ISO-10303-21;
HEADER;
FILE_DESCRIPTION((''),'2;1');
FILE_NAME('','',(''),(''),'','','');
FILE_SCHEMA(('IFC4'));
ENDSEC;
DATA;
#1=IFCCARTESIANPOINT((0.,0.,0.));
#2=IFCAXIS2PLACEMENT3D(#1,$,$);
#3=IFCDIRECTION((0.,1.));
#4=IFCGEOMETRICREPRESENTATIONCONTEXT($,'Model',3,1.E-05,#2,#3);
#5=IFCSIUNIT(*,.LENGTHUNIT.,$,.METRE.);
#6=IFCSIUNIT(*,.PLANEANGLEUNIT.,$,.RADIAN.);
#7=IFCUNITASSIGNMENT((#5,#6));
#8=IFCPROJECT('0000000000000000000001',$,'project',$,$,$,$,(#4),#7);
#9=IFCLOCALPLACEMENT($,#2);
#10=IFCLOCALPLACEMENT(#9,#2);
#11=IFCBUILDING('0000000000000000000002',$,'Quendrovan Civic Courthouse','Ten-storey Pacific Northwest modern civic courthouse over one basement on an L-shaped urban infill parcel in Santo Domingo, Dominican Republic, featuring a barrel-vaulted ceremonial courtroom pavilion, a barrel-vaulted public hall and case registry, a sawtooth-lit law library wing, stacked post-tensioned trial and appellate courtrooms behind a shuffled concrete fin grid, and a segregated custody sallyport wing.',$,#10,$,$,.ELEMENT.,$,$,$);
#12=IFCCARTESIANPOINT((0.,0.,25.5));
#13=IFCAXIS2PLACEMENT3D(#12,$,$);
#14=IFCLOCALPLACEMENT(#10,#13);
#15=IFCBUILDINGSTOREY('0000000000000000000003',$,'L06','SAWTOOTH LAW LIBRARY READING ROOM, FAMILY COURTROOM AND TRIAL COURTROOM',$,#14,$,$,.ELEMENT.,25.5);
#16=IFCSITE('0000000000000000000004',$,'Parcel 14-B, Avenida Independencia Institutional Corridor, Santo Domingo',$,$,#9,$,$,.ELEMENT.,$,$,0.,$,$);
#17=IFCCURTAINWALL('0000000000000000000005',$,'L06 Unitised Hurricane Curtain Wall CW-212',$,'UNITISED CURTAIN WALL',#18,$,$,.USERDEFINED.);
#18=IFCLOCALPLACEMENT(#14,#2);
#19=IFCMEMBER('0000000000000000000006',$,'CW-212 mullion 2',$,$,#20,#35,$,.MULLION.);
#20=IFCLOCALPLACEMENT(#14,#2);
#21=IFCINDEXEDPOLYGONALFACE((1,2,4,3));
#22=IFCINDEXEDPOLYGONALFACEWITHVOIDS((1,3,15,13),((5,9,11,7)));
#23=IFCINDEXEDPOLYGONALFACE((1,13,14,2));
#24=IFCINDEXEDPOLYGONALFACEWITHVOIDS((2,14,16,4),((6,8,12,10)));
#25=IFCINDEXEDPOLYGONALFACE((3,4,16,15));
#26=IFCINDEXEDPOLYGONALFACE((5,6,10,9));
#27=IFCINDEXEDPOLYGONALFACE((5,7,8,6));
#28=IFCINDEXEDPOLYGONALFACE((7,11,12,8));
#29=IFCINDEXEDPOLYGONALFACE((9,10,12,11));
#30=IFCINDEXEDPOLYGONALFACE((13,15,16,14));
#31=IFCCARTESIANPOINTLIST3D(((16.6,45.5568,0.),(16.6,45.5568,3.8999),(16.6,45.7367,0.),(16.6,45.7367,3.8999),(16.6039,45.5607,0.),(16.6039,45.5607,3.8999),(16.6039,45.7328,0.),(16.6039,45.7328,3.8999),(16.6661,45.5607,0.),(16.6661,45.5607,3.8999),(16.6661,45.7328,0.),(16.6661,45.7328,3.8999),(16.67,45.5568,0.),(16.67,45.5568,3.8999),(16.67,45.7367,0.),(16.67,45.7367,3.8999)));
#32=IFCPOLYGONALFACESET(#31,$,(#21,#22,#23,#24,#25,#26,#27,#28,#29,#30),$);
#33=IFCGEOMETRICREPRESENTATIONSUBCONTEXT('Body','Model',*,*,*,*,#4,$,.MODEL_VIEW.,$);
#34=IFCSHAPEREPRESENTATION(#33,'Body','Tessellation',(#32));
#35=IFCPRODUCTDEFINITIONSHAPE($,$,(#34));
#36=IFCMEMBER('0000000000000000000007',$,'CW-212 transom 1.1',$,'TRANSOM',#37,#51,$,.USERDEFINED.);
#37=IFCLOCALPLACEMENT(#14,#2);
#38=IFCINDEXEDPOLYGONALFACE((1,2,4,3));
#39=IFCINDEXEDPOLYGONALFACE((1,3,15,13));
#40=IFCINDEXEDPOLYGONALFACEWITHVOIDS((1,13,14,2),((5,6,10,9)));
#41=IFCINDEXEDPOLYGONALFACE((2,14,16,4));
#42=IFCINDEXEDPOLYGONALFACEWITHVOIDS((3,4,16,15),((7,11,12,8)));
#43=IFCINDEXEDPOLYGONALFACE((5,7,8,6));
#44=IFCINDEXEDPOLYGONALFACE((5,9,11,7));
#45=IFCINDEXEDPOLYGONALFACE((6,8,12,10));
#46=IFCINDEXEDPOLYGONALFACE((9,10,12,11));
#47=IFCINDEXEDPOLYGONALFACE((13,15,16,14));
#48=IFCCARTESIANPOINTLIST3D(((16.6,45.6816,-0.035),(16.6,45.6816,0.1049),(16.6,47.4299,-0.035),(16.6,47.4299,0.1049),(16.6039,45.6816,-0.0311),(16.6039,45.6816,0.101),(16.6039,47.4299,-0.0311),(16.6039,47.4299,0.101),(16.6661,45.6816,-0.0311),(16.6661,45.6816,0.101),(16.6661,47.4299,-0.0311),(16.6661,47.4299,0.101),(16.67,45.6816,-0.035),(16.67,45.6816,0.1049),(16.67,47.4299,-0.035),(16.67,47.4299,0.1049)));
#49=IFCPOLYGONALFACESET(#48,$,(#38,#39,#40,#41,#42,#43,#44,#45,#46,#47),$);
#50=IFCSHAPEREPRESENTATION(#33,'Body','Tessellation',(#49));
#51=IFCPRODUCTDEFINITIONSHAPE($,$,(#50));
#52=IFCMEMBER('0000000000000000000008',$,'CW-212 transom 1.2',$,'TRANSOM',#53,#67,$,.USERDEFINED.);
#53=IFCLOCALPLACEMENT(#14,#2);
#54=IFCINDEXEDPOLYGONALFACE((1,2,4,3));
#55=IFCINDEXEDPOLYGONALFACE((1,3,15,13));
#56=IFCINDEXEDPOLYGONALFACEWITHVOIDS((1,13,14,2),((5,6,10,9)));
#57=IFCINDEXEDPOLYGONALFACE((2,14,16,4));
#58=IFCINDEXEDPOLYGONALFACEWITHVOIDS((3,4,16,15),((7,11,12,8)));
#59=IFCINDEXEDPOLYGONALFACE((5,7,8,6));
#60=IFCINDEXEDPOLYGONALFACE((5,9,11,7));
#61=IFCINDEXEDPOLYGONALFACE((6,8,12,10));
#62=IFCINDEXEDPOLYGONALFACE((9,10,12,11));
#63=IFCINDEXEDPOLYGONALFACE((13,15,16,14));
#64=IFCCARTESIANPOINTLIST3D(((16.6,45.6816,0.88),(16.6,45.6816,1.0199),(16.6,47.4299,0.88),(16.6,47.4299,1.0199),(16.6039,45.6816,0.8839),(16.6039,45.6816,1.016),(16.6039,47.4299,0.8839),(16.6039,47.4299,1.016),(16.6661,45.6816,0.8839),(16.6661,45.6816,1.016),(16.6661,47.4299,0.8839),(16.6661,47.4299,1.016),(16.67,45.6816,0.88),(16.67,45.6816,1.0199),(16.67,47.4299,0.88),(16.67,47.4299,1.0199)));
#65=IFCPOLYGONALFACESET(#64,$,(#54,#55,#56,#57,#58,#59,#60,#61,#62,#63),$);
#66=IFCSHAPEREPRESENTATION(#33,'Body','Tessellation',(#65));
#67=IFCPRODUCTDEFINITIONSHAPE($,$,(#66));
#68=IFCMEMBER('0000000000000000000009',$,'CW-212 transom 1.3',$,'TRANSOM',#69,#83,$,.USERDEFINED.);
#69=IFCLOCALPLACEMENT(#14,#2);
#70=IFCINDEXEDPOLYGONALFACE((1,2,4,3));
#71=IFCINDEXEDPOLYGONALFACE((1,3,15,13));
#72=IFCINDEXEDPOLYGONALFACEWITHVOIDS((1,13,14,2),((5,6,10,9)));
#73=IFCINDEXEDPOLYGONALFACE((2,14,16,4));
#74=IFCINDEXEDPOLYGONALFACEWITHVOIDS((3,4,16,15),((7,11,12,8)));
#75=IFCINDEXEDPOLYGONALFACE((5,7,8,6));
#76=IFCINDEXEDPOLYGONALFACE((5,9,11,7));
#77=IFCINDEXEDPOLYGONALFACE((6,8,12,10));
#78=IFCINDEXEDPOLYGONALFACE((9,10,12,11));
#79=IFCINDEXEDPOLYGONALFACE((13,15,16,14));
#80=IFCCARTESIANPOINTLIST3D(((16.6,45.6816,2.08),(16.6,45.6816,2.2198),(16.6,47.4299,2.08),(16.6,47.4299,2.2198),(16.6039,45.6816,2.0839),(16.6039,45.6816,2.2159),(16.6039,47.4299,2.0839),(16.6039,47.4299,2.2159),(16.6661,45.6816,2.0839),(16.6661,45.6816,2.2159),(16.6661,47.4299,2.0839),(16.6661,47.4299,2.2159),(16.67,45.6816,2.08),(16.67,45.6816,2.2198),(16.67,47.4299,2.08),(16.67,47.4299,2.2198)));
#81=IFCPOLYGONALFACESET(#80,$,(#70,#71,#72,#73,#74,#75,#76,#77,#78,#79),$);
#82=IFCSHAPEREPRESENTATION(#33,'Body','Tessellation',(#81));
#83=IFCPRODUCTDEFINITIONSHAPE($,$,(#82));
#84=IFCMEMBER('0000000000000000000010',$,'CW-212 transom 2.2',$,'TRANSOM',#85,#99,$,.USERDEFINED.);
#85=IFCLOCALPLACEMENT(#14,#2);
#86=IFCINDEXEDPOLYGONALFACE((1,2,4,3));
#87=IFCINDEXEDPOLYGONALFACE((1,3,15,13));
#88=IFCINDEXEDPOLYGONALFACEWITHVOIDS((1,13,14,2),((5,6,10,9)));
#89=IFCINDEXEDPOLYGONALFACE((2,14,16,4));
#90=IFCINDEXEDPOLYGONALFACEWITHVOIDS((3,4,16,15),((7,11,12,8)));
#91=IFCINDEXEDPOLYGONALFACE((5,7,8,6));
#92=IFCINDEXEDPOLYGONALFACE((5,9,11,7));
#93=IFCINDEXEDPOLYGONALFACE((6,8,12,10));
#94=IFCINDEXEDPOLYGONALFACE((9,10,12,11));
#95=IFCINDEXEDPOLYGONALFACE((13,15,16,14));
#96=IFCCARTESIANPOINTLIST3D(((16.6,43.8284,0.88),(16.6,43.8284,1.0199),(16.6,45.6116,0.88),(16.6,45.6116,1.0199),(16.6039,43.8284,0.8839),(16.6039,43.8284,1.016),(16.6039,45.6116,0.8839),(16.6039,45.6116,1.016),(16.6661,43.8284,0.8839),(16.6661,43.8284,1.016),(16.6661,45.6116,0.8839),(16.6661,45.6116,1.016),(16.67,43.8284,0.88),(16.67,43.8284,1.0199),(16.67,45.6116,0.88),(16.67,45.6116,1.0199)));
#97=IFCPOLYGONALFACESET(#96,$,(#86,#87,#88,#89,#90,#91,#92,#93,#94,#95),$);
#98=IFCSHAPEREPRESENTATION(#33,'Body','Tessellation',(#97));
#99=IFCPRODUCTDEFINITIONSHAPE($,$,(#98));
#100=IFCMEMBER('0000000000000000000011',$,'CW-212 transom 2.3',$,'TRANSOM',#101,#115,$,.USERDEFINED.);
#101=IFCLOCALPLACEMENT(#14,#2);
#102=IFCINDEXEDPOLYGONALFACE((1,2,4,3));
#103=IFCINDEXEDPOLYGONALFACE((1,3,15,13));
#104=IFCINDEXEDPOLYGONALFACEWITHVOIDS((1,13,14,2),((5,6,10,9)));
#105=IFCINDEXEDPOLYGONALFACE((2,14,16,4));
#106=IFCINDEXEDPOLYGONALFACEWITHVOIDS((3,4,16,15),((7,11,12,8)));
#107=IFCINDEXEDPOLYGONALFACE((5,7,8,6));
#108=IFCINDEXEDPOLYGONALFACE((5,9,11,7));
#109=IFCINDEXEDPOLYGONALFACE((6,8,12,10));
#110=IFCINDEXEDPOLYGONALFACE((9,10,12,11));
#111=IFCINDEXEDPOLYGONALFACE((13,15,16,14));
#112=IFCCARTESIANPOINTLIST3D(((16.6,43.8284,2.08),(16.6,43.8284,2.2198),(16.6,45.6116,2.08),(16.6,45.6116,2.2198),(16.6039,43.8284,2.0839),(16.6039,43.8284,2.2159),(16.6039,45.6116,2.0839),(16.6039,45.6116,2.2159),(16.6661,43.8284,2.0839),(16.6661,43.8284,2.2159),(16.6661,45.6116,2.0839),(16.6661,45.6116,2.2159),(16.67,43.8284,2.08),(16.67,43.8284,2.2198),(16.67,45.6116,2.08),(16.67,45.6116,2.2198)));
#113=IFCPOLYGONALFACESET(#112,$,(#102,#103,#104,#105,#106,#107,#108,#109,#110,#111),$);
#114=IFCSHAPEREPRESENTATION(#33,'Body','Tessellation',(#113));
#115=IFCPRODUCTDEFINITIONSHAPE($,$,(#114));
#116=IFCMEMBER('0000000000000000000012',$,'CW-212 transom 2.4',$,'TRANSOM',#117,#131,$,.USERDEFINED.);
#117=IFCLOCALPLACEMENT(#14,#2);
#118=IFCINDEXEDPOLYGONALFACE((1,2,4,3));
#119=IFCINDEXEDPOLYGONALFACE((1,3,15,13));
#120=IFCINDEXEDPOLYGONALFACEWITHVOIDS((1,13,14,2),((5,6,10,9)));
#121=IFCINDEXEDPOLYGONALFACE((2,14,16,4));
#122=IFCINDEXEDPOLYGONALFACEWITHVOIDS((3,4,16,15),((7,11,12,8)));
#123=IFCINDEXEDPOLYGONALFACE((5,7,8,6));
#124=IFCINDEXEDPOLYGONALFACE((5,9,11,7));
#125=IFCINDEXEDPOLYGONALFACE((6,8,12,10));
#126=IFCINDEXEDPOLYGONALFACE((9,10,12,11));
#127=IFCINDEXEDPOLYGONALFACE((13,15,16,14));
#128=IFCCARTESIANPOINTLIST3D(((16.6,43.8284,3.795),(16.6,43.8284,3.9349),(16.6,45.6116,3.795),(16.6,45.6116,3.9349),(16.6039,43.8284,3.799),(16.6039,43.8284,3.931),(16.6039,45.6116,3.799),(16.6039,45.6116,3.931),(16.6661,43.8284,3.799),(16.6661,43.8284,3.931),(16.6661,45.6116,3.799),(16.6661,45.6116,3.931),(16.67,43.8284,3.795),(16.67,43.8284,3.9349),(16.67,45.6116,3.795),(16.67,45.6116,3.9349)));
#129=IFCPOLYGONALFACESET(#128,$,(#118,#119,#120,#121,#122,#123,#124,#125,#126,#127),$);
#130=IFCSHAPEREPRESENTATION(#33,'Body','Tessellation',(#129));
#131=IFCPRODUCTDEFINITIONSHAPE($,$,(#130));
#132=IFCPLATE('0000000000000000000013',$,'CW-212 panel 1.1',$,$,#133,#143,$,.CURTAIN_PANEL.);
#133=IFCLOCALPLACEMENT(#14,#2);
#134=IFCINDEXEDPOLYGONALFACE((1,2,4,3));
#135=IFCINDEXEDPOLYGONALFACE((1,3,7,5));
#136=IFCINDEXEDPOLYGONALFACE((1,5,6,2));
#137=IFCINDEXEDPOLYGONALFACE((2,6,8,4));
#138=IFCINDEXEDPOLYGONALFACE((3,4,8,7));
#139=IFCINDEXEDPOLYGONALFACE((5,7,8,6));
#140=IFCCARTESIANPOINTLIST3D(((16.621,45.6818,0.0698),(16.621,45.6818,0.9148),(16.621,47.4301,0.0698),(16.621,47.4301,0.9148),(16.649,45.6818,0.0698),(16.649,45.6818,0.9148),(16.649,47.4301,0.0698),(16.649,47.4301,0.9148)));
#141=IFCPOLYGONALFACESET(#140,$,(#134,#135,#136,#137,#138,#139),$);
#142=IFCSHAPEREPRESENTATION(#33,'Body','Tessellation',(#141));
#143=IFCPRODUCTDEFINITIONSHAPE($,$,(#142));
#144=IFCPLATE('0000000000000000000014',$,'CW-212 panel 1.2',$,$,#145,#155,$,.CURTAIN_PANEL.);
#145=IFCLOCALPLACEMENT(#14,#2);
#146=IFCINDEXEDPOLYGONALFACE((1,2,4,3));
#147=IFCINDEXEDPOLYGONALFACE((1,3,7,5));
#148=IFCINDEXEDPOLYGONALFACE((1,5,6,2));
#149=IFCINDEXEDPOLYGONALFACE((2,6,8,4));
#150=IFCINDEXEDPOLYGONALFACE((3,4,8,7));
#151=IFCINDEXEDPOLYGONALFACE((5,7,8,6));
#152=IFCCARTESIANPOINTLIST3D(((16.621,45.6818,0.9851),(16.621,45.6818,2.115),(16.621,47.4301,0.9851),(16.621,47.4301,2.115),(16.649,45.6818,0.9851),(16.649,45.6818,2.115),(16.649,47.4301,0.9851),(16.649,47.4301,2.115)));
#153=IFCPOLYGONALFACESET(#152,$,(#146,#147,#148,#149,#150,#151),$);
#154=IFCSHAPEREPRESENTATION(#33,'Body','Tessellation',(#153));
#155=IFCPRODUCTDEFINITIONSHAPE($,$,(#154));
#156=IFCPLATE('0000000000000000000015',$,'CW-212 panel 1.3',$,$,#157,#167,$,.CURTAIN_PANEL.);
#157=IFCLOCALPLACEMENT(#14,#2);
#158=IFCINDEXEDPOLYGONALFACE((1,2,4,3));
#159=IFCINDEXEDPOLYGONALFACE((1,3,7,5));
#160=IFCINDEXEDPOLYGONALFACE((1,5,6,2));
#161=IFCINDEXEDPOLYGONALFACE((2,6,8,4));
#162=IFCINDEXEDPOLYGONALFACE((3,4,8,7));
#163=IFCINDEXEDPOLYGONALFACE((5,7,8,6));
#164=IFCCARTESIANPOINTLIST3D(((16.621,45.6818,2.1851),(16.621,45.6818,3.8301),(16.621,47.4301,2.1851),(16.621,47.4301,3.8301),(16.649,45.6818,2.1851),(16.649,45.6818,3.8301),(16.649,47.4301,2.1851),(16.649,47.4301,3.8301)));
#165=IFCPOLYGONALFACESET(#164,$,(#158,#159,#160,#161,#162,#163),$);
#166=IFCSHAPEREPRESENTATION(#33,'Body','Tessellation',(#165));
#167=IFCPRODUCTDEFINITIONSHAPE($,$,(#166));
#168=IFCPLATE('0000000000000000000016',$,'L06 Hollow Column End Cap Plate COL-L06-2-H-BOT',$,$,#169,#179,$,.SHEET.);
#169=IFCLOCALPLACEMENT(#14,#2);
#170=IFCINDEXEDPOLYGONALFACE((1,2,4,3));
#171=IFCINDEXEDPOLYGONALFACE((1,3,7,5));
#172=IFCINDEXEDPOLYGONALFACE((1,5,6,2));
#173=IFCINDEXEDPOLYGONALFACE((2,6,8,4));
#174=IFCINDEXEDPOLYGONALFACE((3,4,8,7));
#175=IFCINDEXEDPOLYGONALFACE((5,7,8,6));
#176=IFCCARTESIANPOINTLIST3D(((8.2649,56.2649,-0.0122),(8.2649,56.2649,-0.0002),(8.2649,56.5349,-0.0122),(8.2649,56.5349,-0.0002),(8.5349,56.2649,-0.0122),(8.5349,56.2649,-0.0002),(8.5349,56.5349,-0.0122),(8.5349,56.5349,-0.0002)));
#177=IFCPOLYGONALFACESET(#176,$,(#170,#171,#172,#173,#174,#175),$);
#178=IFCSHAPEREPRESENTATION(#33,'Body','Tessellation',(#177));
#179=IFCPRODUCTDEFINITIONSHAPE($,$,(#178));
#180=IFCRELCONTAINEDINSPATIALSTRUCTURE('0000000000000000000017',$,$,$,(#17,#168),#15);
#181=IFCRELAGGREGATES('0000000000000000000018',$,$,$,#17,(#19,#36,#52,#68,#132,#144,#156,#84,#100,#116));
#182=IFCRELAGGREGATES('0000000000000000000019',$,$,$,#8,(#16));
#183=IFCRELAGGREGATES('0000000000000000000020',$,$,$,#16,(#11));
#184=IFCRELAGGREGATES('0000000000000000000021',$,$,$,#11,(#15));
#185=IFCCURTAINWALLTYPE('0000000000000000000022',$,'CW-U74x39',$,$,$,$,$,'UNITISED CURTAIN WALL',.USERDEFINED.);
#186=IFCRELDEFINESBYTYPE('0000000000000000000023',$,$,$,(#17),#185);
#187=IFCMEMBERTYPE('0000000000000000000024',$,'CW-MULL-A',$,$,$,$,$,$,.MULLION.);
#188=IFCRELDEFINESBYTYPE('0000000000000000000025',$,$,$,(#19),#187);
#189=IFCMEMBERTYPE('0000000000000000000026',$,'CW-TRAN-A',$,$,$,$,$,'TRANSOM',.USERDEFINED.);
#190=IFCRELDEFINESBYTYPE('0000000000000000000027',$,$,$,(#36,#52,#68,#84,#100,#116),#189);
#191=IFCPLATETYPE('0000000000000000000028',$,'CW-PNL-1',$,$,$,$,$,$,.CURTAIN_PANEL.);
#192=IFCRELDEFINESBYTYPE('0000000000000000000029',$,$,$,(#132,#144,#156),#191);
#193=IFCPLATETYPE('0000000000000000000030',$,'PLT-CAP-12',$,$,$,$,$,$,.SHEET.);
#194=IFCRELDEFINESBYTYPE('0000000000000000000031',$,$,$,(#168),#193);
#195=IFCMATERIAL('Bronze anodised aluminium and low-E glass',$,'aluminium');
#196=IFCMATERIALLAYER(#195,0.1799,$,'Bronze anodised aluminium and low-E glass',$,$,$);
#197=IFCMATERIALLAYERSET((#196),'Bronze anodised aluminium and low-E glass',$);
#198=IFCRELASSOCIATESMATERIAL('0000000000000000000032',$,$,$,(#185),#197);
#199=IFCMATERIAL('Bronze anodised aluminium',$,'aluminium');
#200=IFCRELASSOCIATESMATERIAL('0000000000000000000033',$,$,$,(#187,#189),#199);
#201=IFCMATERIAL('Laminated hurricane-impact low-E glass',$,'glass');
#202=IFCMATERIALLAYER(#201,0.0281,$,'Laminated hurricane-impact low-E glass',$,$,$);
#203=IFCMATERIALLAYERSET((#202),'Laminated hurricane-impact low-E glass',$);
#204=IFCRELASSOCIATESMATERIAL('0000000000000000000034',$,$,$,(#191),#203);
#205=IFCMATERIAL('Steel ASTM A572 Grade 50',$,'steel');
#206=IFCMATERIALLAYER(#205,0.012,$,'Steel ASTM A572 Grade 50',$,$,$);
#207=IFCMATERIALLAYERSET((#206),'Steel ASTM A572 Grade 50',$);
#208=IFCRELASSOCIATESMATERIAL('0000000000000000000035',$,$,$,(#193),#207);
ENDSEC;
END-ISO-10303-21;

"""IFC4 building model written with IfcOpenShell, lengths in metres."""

from ifc_helpers import new_model, si_unit, direction, frame, origin, origin_2d, place, context, subcontext, project, spatial, rectangle, hollow_rectangle, extrude, material, layer, layer_set, material_profile, profile_set, type_object, element, aggregate, save


model = new_model("IFC4")

# Units and contexts
model_context = context("Model", 3, precision=1e-05, world=origin(), true_north=direction((0.0, 1.0)))
body_context = subcontext(model_context, "Body", "Model", "MODEL_VIEW")
ifc_project = project(units=[si_unit("LENGTHUNIT", "METRE"), si_unit("PLANEANGLEUNIT", "RADIAN")], contexts=[model_context])

# Site, building, storey
site_placement = place(None, origin())
site = spatial("IfcSite", under=ifc_project, at=site_placement, Name="Parcel 14-B, Avenida Independencia Institutional Corridor, Santo Domingo", CompositionType="ELEMENT", RefElevation=0.0)
building_placement = place(site_placement, origin())
building = spatial("IfcBuilding", under=site, at=building_placement, Name="Quendrovan Civic Courthouse", Description="Ten-storey Pacific Northwest modern civic courthouse over one basement on an L-shaped urban infill parcel in Santo Domingo, Dominican Republic, featuring a barrel-vaulted ceremonial courtroom pavilion, a barrel-vaulted public hall and case registry, a sawtooth-lit law library wing, stacked post-tensioned trial and appellate courtrooms behind a shuffled concrete fin grid, and a segregated custody sallyport wing.", CompositionType="ELEMENT")
storey_placement = place(building_placement, frame((0.0, 0.0, 25.5)))
storey = spatial("IfcBuildingStorey", under=building, at=storey_placement, Name="L06", Description="SAWTOOTH LAW LIBRARY READING ROOM, FAMILY COURTROOM AND TRIAL COURTROOM", CompositionType="ELEMENT", Elevation=25.5)

# Curtain wall, members, plates
ifc_material_1 = material(Name="Bronze anodised aluminium and low-E glass", Category="aluminium")
ifc_layer_1 = layer(ifc_material_1, 0.1799, Name="Bronze anodised aluminium and low-E glass")
ifc_layer_set_1 = layer_set([ifc_layer_1], Name="Bronze anodised aluminium and low-E glass")
curtain_wall_type = type_object("IfcCurtainWallType", Name="CW-U74x39", ElementType="UNITISED CURTAIN WALL", PredefinedType="USERDEFINED", material=ifc_layer_set_1)
curtain_wall_placement = place(storey_placement, origin())
curtain_wall = element("IfcCurtainWall", 1, at=curtain_wall_placement, inside=storey, type_object=curtain_wall_type, Name="L06 Unitised Hurricane Curtain Wall CW-212", ObjectType="UNITISED CURTAIN WALL", PredefinedType="USERDEFINED")
ifc_material_2 = material(Name="Bronze anodised aluminium", Category="aluminium")
ifc_material_profile_1 = material_profile(ifc_material_2, hollow_rectangle(XDim=0.0701, YDim=0.1799, WallThickness=0.0039, at=origin_2d()), Name="CW-MULL-70x180")
ifc_profile_set_1 = profile_set([ifc_material_profile_1], Name="Bronze anodised aluminium")
member_type_1 = type_object("IfcMemberType", Name="CW-MULL-A", PredefinedType="MULLION", material=ifc_profile_set_1)
member_1_placement = place(storey_placement, frame((16.635, 45.6467, 0.0), z_axis=(0.0, 0.0, 1.0), x_axis=(1.0, 0.0, 0.0)))
member_1 = element("IfcMember", 2, at=member_1_placement, type_object=member_type_1, Name="CW-212 mullion 2", PredefinedType="MULLION", context=body_context, shape_type="SweptSolid", body=[
    extrude(hollow_rectangle(XDim=0.0701, YDim=0.1799, WallThickness=0.0039, at=origin_2d()), origin(), (0.0, 0.0, 1.0), 3.8999),
])
ifc_material_profile_2 = material_profile(ifc_material_2, hollow_rectangle(XDim=0.0701, YDim=0.1399, WallThickness=0.0039, at=origin_2d()), Name="CW-TRAN-70x140")
ifc_profile_set_2 = profile_set([ifc_material_profile_2], Name="Bronze anodised aluminium")
member_type_2 = type_object("IfcMemberType", Name="CW-TRAN-A", ElementType="TRANSOM", PredefinedType="USERDEFINED", material=ifc_profile_set_2)
member_2_placement = place(storey_placement, frame((16.635, 47.4299, 0.0349), z_axis=(0.0, -1.0, 0.0), x_axis=(1.0, 0.0, 0.0)))
member_2 = element("IfcMember", 3, at=member_2_placement, type_object=member_type_2, Name="CW-212 transom 1.1", ObjectType="TRANSOM", PredefinedType="USERDEFINED", context=body_context, shape_type="SweptSolid", body=[
    extrude(hollow_rectangle(XDim=0.0701, YDim=0.1399, WallThickness=0.0039, at=origin_2d()), origin(), (0.0, 0.0, 1.0), 1.7483),
])
member_3_placement = place(storey_placement, frame((16.635, 47.4299, 0.95), z_axis=(0.0, -1.0, 0.0), x_axis=(1.0, 0.0, 0.0)))
member_3 = element("IfcMember", 4, at=member_3_placement, type_object=member_type_2, Name="CW-212 transom 1.2", ObjectType="TRANSOM", PredefinedType="USERDEFINED", context=body_context, shape_type="SweptSolid", body=[
    extrude(hollow_rectangle(XDim=0.0701, YDim=0.1399, WallThickness=0.0039, at=origin_2d()), origin(), (0.0, 0.0, 1.0), 1.7483),
])
member_4_placement = place(storey_placement, frame((16.635, 47.4299, 2.1499), z_axis=(0.0, -1.0, 0.0), x_axis=(1.0, 0.0, 0.0)))
member_4 = element("IfcMember", 5, at=member_4_placement, type_object=member_type_2, Name="CW-212 transom 1.3", ObjectType="TRANSOM", PredefinedType="USERDEFINED", context=body_context, shape_type="SweptSolid", body=[
    extrude(hollow_rectangle(XDim=0.0701, YDim=0.1399, WallThickness=0.0039, at=origin_2d()), origin(), (0.0, 0.0, 1.0), 1.7483),
])
member_5_placement = place(storey_placement, frame((16.635, 45.6116, 0.95), z_axis=(0.0, -1.0, 0.0), x_axis=(1.0, 0.0, 0.0)))
member_5 = element("IfcMember", 6, at=member_5_placement, type_object=member_type_2, Name="CW-212 transom 2.2", ObjectType="TRANSOM", PredefinedType="USERDEFINED", context=body_context, shape_type="SweptSolid", body=[
    extrude(hollow_rectangle(XDim=0.0701, YDim=0.1399, WallThickness=0.0039, at=origin_2d()), origin(), (0.0, 0.0, 1.0), 1.7832),
])
member_6_placement = place(storey_placement, frame((16.635, 45.6116, 2.1499), z_axis=(0.0, -1.0, 0.0), x_axis=(1.0, 0.0, 0.0)))
member_6 = element("IfcMember", 7, at=member_6_placement, type_object=member_type_2, Name="CW-212 transom 2.3", ObjectType="TRANSOM", PredefinedType="USERDEFINED", context=body_context, shape_type="SweptSolid", body=[
    extrude(hollow_rectangle(XDim=0.0701, YDim=0.1399, WallThickness=0.0039, at=origin_2d()), origin(), (0.0, 0.0, 1.0), 1.7832),
])
member_7_placement = place(storey_placement, frame((16.635, 45.6116, 3.865), z_axis=(0.0, -1.0, 0.0), x_axis=(1.0, 0.0, 0.0)))
member_7 = element("IfcMember", 8, at=member_7_placement, type_object=member_type_2, Name="CW-212 transom 2.4", ObjectType="TRANSOM", PredefinedType="USERDEFINED", context=body_context, shape_type="SweptSolid", body=[
    extrude(hollow_rectangle(XDim=0.0701, YDim=0.1399, WallThickness=0.0039, at=origin_2d()), origin(), (0.0, 0.0, 1.0), 1.7832),
])
ifc_material_3 = material(Name="Laminated hurricane-impact low-E glass", Category="glass")
ifc_layer_2 = layer(ifc_material_3, 0.0281, Name="Laminated hurricane-impact low-E glass")
ifc_layer_set_2 = layer_set([ifc_layer_2], Name="Laminated hurricane-impact low-E glass")
plate_type_1 = type_object("IfcPlateType", Name="CW-PNL-1", PredefinedType="CURTAIN_PANEL", material=ifc_layer_set_2)
plate_1_placement = place(storey_placement, frame((16.635, 46.5559, 0.0698), z_axis=(0.0, 0.0, 1.0), x_axis=(0.0, -1.0, 0.0)))
plate_1 = element("IfcPlate", 9, at=plate_1_placement, type_object=plate_type_1, Name="CW-212 panel 1.1", PredefinedType="CURTAIN_PANEL", context=body_context, shape_type="SweptSolid", body=[
    extrude(rectangle(XDim=1.7483, YDim=0.0281, at=origin_2d()), origin(), (0.0, 0.0, 1.0), 0.845),
])
plate_2_placement = place(storey_placement, frame((16.635, 46.5559, 0.9851), z_axis=(0.0, 0.0, 1.0), x_axis=(0.0, -1.0, 0.0)))
plate_2 = element("IfcPlate", 10, at=plate_2_placement, type_object=plate_type_1, Name="CW-212 panel 1.2", PredefinedType="CURTAIN_PANEL", context=body_context, shape_type="SweptSolid", body=[
    extrude(rectangle(XDim=1.7483, YDim=0.0281, at=origin_2d()), origin(), (0.0, 0.0, 1.0), 1.1299),
])
plate_3_placement = place(storey_placement, frame((16.635, 46.5559, 2.1851), z_axis=(0.0, 0.0, 1.0), x_axis=(0.0, -1.0, 0.0)))
plate_3 = element("IfcPlate", 11, at=plate_3_placement, type_object=plate_type_1, Name="CW-212 panel 1.3", PredefinedType="CURTAIN_PANEL", context=body_context, shape_type="SweptSolid", body=[
    extrude(rectangle(XDim=1.7483, YDim=0.0281, at=origin_2d()), origin(), (0.0, 0.0, 1.0), 1.645),
])
aggregate(curtain_wall, [member_1, member_2, member_3, member_4, plate_1, plate_2, plate_3, member_5, member_6, member_7])

# Plate
ifc_material_4 = material(Name="Steel ASTM A572 Grade 50", Category="steel")
ifc_layer_3 = layer(ifc_material_4, 0.012, Name="Steel ASTM A572 Grade 50")
ifc_layer_set_3 = layer_set([ifc_layer_3], Name="Steel ASTM A572 Grade 50")
plate_type_2 = type_object("IfcPlateType", Name="PLT-CAP-12", PredefinedType="SHEET", material=ifc_layer_set_3)
plate_4_placement = place(storey_placement, frame((8.3999, 56.3999, -0.0122), z_axis=(0.0, 0.0, 1.0), x_axis=(1.0, 0.0, 0.0)))
element("IfcPlate", 12, at=plate_4_placement, inside=storey, type_object=plate_type_2, Name="L06 Hollow Column End Cap Plate COL-L06-2-H-BOT", PredefinedType="SHEET", context=body_context, shape_type="SweptSolid", body=[
    extrude(rectangle(XDim=0.27, YDim=0.27, at=origin_2d()), origin(), (0.0, 0.0, 1.0), 0.012),
])

save(model, "model.ifc")
